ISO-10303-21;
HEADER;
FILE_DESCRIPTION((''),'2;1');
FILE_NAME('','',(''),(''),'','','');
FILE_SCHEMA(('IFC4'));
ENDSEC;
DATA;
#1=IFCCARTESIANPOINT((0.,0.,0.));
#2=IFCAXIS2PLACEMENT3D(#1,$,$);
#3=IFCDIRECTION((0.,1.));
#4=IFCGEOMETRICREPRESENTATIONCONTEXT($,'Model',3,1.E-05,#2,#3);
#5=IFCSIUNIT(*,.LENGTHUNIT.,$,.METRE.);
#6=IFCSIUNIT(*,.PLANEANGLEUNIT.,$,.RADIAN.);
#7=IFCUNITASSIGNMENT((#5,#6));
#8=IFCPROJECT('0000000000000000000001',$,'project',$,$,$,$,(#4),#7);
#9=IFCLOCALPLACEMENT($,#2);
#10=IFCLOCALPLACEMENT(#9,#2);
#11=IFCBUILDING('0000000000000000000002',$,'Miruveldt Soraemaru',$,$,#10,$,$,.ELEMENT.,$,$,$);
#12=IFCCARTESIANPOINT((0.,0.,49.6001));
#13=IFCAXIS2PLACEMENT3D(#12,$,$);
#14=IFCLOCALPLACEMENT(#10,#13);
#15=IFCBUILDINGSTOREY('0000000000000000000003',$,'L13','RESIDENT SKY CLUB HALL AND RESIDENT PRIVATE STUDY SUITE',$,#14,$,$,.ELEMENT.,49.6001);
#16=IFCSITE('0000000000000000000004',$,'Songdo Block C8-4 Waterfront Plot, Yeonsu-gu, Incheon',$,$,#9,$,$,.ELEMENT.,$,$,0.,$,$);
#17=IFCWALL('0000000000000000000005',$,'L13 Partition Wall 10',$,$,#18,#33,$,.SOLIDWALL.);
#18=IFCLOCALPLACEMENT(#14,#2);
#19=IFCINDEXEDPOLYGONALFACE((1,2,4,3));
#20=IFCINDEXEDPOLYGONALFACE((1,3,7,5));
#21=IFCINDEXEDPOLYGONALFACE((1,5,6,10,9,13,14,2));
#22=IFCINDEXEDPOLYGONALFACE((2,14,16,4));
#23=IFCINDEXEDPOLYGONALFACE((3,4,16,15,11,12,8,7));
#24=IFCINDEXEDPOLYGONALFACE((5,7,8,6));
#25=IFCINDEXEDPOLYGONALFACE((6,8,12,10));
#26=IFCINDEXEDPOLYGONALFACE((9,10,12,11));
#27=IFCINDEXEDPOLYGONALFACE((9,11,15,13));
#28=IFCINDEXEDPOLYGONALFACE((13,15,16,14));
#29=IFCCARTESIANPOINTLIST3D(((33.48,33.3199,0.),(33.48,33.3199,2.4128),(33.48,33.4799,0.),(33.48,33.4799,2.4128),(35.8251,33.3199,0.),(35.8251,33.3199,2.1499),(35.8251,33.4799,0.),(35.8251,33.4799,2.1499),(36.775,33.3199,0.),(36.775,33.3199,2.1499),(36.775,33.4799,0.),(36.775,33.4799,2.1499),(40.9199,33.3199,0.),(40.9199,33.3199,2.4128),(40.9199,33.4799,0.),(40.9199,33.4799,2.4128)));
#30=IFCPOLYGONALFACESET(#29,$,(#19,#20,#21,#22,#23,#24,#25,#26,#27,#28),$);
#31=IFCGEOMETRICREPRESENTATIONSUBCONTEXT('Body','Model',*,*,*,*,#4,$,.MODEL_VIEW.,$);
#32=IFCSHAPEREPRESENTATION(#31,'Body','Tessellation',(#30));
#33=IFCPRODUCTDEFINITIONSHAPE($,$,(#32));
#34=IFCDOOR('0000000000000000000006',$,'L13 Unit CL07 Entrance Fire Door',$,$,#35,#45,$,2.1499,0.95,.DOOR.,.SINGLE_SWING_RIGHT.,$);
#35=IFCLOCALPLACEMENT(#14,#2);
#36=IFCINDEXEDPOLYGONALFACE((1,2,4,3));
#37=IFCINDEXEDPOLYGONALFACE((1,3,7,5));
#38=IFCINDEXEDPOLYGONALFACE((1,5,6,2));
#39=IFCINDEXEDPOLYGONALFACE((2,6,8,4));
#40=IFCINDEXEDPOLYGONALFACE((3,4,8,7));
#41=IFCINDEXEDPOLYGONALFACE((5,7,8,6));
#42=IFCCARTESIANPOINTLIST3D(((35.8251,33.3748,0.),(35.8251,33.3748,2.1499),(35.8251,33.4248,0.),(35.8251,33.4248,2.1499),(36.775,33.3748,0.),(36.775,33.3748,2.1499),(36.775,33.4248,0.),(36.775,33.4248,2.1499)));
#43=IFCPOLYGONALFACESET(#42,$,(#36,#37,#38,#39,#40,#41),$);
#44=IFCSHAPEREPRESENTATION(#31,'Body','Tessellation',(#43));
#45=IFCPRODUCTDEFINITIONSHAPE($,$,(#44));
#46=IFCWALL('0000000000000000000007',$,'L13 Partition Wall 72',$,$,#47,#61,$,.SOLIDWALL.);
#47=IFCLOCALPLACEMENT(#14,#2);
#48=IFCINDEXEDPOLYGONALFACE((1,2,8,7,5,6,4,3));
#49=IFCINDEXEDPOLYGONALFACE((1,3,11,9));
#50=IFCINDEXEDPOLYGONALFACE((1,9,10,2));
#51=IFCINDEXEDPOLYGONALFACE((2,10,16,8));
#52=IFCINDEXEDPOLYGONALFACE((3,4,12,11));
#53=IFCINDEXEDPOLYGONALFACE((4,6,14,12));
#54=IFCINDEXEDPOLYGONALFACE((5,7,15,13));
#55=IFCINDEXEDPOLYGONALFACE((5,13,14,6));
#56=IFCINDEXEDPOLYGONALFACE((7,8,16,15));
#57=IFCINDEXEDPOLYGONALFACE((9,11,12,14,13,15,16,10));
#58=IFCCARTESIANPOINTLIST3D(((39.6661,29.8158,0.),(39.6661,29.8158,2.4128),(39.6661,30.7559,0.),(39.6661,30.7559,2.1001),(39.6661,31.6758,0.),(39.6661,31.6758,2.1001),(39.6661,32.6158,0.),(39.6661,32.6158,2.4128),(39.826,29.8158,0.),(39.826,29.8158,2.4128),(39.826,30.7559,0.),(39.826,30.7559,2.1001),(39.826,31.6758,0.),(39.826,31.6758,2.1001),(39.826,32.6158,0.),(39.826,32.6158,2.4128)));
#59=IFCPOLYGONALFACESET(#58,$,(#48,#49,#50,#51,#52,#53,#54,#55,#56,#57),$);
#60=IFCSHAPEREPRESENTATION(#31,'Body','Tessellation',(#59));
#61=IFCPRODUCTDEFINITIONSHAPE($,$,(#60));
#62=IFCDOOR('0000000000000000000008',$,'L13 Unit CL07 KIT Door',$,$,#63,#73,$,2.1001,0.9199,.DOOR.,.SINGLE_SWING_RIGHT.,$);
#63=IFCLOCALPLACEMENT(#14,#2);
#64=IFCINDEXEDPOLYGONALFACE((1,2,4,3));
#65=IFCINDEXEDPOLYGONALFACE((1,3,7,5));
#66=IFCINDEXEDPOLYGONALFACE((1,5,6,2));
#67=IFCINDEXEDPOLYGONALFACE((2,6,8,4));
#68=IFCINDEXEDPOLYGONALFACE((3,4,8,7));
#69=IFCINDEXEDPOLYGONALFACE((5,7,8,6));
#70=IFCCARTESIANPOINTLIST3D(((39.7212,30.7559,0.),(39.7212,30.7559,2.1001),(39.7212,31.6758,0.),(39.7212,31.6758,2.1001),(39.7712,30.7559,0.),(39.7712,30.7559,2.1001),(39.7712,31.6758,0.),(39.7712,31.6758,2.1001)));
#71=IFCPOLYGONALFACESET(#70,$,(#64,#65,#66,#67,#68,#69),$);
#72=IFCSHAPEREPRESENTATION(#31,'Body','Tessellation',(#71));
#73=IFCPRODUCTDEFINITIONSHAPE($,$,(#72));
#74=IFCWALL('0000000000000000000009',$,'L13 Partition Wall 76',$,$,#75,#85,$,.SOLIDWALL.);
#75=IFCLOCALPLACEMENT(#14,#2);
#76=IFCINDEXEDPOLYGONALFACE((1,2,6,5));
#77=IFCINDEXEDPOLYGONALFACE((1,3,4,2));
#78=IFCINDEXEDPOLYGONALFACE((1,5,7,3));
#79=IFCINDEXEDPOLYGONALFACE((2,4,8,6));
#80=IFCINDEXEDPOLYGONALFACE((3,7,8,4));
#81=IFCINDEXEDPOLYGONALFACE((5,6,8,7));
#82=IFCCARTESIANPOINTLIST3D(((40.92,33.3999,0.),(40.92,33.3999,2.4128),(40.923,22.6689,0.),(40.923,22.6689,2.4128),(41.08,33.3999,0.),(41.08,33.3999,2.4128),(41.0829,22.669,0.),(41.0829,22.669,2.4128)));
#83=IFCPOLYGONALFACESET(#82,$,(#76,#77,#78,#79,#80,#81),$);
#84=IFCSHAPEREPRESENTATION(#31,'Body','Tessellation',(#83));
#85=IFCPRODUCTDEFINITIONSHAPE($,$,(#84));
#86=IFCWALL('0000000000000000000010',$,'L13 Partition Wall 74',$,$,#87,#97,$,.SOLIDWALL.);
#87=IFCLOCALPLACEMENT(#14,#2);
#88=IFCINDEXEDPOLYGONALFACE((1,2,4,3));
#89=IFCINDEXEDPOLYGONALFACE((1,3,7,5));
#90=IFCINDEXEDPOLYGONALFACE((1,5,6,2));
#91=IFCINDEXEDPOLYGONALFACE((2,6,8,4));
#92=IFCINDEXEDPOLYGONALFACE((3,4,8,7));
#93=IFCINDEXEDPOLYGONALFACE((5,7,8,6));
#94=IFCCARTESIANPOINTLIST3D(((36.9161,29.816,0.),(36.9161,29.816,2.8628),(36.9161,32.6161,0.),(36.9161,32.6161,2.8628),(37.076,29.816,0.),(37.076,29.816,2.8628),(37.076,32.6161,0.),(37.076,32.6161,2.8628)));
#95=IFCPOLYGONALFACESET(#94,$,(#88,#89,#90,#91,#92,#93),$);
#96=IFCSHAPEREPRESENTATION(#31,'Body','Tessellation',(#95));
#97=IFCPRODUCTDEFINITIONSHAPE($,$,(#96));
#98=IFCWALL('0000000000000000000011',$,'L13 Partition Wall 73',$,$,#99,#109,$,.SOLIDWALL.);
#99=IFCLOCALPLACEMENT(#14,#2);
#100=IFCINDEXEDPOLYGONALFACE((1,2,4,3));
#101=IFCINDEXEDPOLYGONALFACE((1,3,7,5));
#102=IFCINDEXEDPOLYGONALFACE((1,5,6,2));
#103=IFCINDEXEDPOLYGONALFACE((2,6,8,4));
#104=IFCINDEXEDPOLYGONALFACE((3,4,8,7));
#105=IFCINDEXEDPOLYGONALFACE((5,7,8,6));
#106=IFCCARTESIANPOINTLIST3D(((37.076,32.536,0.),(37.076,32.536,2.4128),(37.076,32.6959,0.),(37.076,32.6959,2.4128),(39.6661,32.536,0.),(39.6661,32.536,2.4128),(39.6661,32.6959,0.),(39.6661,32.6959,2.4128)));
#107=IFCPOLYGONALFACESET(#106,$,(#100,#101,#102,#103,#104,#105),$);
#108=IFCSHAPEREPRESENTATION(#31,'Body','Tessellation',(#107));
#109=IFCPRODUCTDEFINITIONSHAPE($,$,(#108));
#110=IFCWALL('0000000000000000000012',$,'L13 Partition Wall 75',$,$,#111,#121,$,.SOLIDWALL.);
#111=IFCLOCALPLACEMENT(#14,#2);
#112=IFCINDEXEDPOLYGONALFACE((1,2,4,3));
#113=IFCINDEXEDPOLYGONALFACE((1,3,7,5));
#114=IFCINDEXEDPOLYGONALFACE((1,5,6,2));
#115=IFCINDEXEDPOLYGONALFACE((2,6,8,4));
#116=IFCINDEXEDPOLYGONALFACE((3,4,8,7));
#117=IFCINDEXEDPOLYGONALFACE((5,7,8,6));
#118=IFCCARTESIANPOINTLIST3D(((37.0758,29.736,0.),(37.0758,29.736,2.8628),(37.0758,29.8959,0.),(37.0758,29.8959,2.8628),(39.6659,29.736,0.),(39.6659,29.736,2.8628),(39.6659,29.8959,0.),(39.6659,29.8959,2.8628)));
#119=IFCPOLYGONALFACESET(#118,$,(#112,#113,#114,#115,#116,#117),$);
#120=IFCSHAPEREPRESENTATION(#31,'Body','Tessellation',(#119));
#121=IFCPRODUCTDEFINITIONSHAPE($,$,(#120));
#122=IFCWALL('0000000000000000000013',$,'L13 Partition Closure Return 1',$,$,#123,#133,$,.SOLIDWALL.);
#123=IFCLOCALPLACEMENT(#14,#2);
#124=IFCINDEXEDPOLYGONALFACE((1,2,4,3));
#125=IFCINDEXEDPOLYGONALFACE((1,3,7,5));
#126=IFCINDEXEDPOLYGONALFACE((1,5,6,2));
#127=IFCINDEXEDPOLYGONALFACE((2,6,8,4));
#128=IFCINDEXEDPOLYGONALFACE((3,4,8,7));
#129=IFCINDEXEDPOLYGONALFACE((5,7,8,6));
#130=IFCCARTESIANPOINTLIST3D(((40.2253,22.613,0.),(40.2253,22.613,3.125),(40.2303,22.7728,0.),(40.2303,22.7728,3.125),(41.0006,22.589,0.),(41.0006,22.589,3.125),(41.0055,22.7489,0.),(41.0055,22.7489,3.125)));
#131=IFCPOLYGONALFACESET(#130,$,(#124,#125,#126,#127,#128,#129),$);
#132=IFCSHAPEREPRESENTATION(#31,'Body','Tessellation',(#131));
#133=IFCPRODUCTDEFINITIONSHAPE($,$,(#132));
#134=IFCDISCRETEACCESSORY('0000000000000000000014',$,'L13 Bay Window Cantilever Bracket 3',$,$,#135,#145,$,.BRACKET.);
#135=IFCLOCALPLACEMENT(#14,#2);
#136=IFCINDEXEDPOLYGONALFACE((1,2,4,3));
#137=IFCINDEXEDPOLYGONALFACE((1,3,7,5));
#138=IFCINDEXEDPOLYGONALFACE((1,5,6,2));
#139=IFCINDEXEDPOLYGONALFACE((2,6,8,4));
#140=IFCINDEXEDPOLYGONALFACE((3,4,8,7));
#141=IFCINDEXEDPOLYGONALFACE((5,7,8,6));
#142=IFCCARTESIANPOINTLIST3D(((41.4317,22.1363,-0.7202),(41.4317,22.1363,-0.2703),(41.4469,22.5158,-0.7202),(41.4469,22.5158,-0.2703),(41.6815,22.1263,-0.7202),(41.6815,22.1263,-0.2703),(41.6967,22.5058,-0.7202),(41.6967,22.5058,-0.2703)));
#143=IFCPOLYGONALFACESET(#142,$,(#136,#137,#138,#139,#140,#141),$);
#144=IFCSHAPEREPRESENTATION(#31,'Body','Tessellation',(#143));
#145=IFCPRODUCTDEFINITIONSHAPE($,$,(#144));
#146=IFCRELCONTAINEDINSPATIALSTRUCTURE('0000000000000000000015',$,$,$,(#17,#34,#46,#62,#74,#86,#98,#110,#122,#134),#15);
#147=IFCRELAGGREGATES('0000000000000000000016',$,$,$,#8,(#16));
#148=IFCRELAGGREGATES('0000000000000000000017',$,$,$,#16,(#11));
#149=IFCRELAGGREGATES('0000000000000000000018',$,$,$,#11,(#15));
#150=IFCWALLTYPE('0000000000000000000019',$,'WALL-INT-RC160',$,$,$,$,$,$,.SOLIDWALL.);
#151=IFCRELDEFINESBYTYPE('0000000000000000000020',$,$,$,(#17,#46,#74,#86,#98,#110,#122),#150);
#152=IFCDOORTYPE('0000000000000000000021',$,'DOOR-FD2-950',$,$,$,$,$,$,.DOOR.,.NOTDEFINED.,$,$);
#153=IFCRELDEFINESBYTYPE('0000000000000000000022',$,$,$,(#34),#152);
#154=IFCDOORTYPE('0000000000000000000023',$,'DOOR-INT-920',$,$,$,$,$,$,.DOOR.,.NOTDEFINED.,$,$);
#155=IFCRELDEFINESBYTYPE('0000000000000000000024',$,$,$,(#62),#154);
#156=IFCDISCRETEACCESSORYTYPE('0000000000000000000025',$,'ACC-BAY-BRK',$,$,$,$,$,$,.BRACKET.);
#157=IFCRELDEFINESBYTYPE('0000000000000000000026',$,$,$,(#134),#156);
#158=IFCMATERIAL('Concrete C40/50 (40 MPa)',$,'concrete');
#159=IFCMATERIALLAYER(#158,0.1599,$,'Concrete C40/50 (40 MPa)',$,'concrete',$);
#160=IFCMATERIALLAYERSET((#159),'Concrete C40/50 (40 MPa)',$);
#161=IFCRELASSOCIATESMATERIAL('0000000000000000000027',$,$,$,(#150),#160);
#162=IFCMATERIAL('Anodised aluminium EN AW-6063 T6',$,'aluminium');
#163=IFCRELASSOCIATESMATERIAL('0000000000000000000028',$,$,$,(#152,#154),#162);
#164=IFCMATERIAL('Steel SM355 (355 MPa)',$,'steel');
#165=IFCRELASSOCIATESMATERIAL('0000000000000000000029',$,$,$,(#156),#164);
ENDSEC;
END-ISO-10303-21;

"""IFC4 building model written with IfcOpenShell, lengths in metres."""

from ifc_helpers import new_model, si_unit, direction, frame, frame_2d, origin, origin_2d, place, context, subcontext, project, spatial, rectangle, extrude, material, layer, layer_set, type_object, element, fill, save


model = new_model("IFC4")

# Units and contexts
model_context = context("Model", 3, precision=1e-05, world=origin(), true_north=direction((0.0, 1.0)))
body_context = subcontext(model_context, "Body", "Model", "MODEL_VIEW")
ifc_project = project(units=[si_unit("LENGTHUNIT", "METRE"), si_unit("PLANEANGLEUNIT", "RADIAN")], contexts=[model_context])

# Site, building, storey
site_placement = place(None, origin())
site = spatial("IfcSite", under=ifc_project, at=site_placement, Name="Songdo Block C8-4 Waterfront Plot, Yeonsu-gu, Incheon", CompositionType="ELEMENT", RefElevation=0.0)
building_placement = place(site_placement, origin())
building = spatial("IfcBuilding", under=site, at=building_placement, Name="Miruveldt Soraemaru", CompositionType="ELEMENT")
storey_placement = place(building_placement, frame((0.0, 0.0, 49.6001)))
storey = spatial("IfcBuildingStorey", under=building, at=storey_placement, Name="L13", Description="RESIDENT SKY CLUB HALL AND RESIDENT PRIVATE STUDY SUITE", CompositionType="ELEMENT", Elevation=49.6001)

# Shared definitions
ifc_material_1 = material(Name="Anodised aluminium EN AW-6063 T6", Category="aluminium")

# Walls, openings, doors
ifc_material_2 = material(Name="Concrete C40/50 (40 MPa)", Category="concrete")
ifc_layer_1 = layer(ifc_material_2, 0.1599, Name="Concrete C40/50 (40 MPa)", Category="concrete")
ifc_layer_set_1 = layer_set([ifc_layer_1], Name="Concrete C40/50 (40 MPa)")
wall_type_1 = type_object("IfcWallType", Name="WALL-INT-RC160", PredefinedType="SOLIDWALL", material=ifc_layer_set_1)
door_type_1 = type_object("IfcDoorType", Name="DOOR-FD2-950", OperationType="NOTDEFINED", PredefinedType="DOOR", material=ifc_material_1)
wall_1_placement = place(storey_placement, frame((33.48, 33.3999, 0.0), z_axis=(0.0, 0.0, 1.0), x_axis=(1.0, 0.0, 0.0)))
wall_1 = element("IfcWall", 1, at=wall_1_placement, inside=storey, type_object=wall_type_1, Name="L13 Partition Wall 10", PredefinedType="SOLIDWALL", context=body_context, shape_type="SweptSolid", body=[
    extrude(rectangle(XDim=7.4399, YDim=0.1599, at=frame_2d((3.72, 0.0))), origin(), (0.0, 0.0, 1.0), 2.4128),
])
opening_1_placement = place(wall_1_placement, frame((2.345, 0.0, 0.0)))
opening_1 = element("IfcOpeningElement", 2, at=opening_1_placement, cuts=wall_1, PredefinedType="OPENING", context=body_context, shape_type="SweptSolid", body=[
    extrude(rectangle(XDim=0.95, YDim=2.1499, at=frame_2d((0.4751, 1.075))), frame((0.0, 0.0898, 0.0), z_axis=(0.0, -1.0, 0.0), x_axis=(1.0, 0.0, 0.0)), (0.0, 0.0, 1.0), 0.1799),
])
door_1_placement = place(opening_1_placement, origin())
door_1 = element("IfcDoor", 3, at=door_1_placement, inside=storey, type_object=door_type_1, Name="L13 Unit CL07 Entrance Fire Door", OperationType="SINGLE_SWING_RIGHT", OverallHeight=2.1499, OverallWidth=0.95, PredefinedType="DOOR", context=body_context, shape_type="SweptSolid", body=[
    extrude(rectangle(XDim=0.95, YDim=2.1499, at=frame_2d((0.4751, 1.075))), frame((0.0, 0.0249, 0.0), z_axis=(0.0, -1.0, 0.0), x_axis=(1.0, 0.0, 0.0)), (0.0, 0.0, 1.0), 0.05),
])
fill(opening_1, door_1)
wall_2_placement = place(storey_placement, frame((39.7461, 29.8159, 0.0), z_axis=(0.0, 0.0, 1.0), x_axis=(0.0, 1.0, 0.0)))
wall_2 = element("IfcWall", 4, at=wall_2_placement, inside=storey, type_object=wall_type_1, Name="L13 Partition Wall 72", PredefinedType="SOLIDWALL", context=body_context, shape_type="SweptSolid", body=[
    extrude(rectangle(XDim=2.8, YDim=0.1599, at=frame_2d((1.3999, 0.0))), origin(), (0.0, 0.0, 1.0), 2.4128),
])
opening_2_placement = place(wall_2_placement, frame((0.9399, 0.0, 0.0)))
opening_2 = element("IfcOpeningElement", 5, at=opening_2_placement, cuts=wall_2, PredefinedType="OPENING", context=body_context, shape_type="SweptSolid", body=[
    extrude(rectangle(XDim=0.9199, YDim=2.1001, at=frame_2d((0.46, 1.05))), frame((0.0, 0.0898, 0.0), z_axis=(0.0, -1.0, 0.0), x_axis=(1.0, 0.0, 0.0)), (0.0, 0.0, 1.0), 0.1799),
])
door_type_2 = type_object("IfcDoorType", Name="DOOR-INT-920", OperationType="NOTDEFINED", PredefinedType="DOOR", material=ifc_material_1)
door_2_placement = place(opening_2_placement, origin())
door_2 = element("IfcDoor", 6, at=door_2_placement, inside=storey, type_object=door_type_2, Name="L13 Unit CL07 KIT Door", OperationType="SINGLE_SWING_RIGHT", OverallHeight=2.1001, OverallWidth=0.9199, PredefinedType="DOOR", context=body_context, shape_type="SweptSolid", body=[
    extrude(rectangle(XDim=0.9199, YDim=2.1001, at=frame_2d((0.46, 1.05))), frame((0.0, 0.0249, 0.0), z_axis=(0.0, -1.0, 0.0), x_axis=(1.0, 0.0, 0.0)), (0.0, 0.0, 1.0), 0.05),
])
fill(opening_2, door_2)

# Walls
wall_3_placement = place(storey_placement, frame((41.0029, 22.6689, 0.0), z_axis=(0.0, 0.0, 1.0), x_axis=(-0.000273, 1.0, 0.0)))
element("IfcWall", 7, at=wall_3_placement, inside=storey, type_object=wall_type_1, Name="L13 Partition Wall 76", PredefinedType="SOLIDWALL", context=body_context, shape_type="SweptSolid", body=[
    extrude(rectangle(XDim=10.731, YDim=0.1599, at=frame_2d((5.3655, 0.0))), origin(), (0.0, 0.0, 1.0), 2.4128),
])
wall_4_placement = place(storey_placement, frame((36.9961, 32.616, 0.0), z_axis=(0.0, 0.0, 1.0), x_axis=(0.0, -1.0, 0.0)))
element("IfcWall", 8, at=wall_4_placement, inside=storey, type_object=wall_type_1, Name="L13 Partition Wall 74", PredefinedType="SOLIDWALL", context=body_context, shape_type="SweptSolid", body=[
    extrude(rectangle(XDim=2.8, YDim=0.1599, at=frame_2d((1.3999, 0.0))), origin(), (0.0, 0.0, 1.0), 2.8628),
])
wall_5_placement = place(storey_placement, frame((39.666, 32.616, 0.0), z_axis=(0.0, 0.0, 1.0), x_axis=(-1.0, 0.0, 0.0)))
element("IfcWall", 9, at=wall_5_placement, inside=storey, type_object=wall_type_1, Name="L13 Partition Wall 73", PredefinedType="SOLIDWALL", context=body_context, shape_type="SweptSolid", body=[
    extrude(rectangle(XDim=2.5901, YDim=0.1599, at=frame_2d((1.2949, 0.0))), origin(), (0.0, 0.0, 1.0), 2.4128),
])
wall_6_placement = place(storey_placement, frame((37.0759, 29.8159, 0.0), z_axis=(0.0, 0.0, 1.0), x_axis=(1.0, 0.0, 0.0)))
element("IfcWall", 10, at=wall_6_placement, inside=storey, type_object=wall_type_1, Name="L13 Partition Wall 75", PredefinedType="SOLIDWALL", context=body_context, shape_type="SweptSolid", body=[
    extrude(rectangle(XDim=2.5901, YDim=0.1599, at=frame_2d((1.2949, 0.0))), origin(), (0.0, 0.0, 1.0), 2.8628),
])
wall_7_placement = place(storey_placement, frame((41.0029, 22.6689, 0.0), z_axis=(0.0, 0.0, 1.0), x_axis=(-0.999524, 0.030851, 0.0)))
element("IfcWall", 11, at=wall_7_placement, inside=storey, type_object=wall_type_1, Name="L13 Partition Closure Return 1", PredefinedType="SOLIDWALL", context=body_context, shape_type="SweptSolid", body=[
    extrude(rectangle(XDim=0.7756, YDim=0.1599, at=frame_2d((0.3877, 0.0))), origin(), (0.0, 0.0, 1.0), 3.125),
])

# Discrete accessory
ifc_material_3 = material(Name="Steel SM355 (355 MPa)", Category="steel")
discrete_accessory_type = type_object("IfcDiscreteAccessoryType", Name="ACC-BAY-BRK", PredefinedType="BRACKET", material=ifc_material_3)
discrete_accessory_placement = place(storey_placement, frame((41.5642, 22.321, -0.7202), z_axis=(0.0, 0.0, 1.0), x_axis=(-0.039975, -0.999201, 0.0)))
element("IfcDiscreteAccessory", 12, at=discrete_accessory_placement, inside=storey, type_object=discrete_accessory_type, Name="L13 Bay Window Cantilever Bracket 3", PredefinedType="BRACKET", context=body_context, shape_type="SweptSolid", body=[
    extrude(rectangle(XDim=0.3799, YDim=0.25, at=origin_2d()), origin(), (0.0, 0.0, 1.0), 0.45),
])

save(model, "model.ifc")
